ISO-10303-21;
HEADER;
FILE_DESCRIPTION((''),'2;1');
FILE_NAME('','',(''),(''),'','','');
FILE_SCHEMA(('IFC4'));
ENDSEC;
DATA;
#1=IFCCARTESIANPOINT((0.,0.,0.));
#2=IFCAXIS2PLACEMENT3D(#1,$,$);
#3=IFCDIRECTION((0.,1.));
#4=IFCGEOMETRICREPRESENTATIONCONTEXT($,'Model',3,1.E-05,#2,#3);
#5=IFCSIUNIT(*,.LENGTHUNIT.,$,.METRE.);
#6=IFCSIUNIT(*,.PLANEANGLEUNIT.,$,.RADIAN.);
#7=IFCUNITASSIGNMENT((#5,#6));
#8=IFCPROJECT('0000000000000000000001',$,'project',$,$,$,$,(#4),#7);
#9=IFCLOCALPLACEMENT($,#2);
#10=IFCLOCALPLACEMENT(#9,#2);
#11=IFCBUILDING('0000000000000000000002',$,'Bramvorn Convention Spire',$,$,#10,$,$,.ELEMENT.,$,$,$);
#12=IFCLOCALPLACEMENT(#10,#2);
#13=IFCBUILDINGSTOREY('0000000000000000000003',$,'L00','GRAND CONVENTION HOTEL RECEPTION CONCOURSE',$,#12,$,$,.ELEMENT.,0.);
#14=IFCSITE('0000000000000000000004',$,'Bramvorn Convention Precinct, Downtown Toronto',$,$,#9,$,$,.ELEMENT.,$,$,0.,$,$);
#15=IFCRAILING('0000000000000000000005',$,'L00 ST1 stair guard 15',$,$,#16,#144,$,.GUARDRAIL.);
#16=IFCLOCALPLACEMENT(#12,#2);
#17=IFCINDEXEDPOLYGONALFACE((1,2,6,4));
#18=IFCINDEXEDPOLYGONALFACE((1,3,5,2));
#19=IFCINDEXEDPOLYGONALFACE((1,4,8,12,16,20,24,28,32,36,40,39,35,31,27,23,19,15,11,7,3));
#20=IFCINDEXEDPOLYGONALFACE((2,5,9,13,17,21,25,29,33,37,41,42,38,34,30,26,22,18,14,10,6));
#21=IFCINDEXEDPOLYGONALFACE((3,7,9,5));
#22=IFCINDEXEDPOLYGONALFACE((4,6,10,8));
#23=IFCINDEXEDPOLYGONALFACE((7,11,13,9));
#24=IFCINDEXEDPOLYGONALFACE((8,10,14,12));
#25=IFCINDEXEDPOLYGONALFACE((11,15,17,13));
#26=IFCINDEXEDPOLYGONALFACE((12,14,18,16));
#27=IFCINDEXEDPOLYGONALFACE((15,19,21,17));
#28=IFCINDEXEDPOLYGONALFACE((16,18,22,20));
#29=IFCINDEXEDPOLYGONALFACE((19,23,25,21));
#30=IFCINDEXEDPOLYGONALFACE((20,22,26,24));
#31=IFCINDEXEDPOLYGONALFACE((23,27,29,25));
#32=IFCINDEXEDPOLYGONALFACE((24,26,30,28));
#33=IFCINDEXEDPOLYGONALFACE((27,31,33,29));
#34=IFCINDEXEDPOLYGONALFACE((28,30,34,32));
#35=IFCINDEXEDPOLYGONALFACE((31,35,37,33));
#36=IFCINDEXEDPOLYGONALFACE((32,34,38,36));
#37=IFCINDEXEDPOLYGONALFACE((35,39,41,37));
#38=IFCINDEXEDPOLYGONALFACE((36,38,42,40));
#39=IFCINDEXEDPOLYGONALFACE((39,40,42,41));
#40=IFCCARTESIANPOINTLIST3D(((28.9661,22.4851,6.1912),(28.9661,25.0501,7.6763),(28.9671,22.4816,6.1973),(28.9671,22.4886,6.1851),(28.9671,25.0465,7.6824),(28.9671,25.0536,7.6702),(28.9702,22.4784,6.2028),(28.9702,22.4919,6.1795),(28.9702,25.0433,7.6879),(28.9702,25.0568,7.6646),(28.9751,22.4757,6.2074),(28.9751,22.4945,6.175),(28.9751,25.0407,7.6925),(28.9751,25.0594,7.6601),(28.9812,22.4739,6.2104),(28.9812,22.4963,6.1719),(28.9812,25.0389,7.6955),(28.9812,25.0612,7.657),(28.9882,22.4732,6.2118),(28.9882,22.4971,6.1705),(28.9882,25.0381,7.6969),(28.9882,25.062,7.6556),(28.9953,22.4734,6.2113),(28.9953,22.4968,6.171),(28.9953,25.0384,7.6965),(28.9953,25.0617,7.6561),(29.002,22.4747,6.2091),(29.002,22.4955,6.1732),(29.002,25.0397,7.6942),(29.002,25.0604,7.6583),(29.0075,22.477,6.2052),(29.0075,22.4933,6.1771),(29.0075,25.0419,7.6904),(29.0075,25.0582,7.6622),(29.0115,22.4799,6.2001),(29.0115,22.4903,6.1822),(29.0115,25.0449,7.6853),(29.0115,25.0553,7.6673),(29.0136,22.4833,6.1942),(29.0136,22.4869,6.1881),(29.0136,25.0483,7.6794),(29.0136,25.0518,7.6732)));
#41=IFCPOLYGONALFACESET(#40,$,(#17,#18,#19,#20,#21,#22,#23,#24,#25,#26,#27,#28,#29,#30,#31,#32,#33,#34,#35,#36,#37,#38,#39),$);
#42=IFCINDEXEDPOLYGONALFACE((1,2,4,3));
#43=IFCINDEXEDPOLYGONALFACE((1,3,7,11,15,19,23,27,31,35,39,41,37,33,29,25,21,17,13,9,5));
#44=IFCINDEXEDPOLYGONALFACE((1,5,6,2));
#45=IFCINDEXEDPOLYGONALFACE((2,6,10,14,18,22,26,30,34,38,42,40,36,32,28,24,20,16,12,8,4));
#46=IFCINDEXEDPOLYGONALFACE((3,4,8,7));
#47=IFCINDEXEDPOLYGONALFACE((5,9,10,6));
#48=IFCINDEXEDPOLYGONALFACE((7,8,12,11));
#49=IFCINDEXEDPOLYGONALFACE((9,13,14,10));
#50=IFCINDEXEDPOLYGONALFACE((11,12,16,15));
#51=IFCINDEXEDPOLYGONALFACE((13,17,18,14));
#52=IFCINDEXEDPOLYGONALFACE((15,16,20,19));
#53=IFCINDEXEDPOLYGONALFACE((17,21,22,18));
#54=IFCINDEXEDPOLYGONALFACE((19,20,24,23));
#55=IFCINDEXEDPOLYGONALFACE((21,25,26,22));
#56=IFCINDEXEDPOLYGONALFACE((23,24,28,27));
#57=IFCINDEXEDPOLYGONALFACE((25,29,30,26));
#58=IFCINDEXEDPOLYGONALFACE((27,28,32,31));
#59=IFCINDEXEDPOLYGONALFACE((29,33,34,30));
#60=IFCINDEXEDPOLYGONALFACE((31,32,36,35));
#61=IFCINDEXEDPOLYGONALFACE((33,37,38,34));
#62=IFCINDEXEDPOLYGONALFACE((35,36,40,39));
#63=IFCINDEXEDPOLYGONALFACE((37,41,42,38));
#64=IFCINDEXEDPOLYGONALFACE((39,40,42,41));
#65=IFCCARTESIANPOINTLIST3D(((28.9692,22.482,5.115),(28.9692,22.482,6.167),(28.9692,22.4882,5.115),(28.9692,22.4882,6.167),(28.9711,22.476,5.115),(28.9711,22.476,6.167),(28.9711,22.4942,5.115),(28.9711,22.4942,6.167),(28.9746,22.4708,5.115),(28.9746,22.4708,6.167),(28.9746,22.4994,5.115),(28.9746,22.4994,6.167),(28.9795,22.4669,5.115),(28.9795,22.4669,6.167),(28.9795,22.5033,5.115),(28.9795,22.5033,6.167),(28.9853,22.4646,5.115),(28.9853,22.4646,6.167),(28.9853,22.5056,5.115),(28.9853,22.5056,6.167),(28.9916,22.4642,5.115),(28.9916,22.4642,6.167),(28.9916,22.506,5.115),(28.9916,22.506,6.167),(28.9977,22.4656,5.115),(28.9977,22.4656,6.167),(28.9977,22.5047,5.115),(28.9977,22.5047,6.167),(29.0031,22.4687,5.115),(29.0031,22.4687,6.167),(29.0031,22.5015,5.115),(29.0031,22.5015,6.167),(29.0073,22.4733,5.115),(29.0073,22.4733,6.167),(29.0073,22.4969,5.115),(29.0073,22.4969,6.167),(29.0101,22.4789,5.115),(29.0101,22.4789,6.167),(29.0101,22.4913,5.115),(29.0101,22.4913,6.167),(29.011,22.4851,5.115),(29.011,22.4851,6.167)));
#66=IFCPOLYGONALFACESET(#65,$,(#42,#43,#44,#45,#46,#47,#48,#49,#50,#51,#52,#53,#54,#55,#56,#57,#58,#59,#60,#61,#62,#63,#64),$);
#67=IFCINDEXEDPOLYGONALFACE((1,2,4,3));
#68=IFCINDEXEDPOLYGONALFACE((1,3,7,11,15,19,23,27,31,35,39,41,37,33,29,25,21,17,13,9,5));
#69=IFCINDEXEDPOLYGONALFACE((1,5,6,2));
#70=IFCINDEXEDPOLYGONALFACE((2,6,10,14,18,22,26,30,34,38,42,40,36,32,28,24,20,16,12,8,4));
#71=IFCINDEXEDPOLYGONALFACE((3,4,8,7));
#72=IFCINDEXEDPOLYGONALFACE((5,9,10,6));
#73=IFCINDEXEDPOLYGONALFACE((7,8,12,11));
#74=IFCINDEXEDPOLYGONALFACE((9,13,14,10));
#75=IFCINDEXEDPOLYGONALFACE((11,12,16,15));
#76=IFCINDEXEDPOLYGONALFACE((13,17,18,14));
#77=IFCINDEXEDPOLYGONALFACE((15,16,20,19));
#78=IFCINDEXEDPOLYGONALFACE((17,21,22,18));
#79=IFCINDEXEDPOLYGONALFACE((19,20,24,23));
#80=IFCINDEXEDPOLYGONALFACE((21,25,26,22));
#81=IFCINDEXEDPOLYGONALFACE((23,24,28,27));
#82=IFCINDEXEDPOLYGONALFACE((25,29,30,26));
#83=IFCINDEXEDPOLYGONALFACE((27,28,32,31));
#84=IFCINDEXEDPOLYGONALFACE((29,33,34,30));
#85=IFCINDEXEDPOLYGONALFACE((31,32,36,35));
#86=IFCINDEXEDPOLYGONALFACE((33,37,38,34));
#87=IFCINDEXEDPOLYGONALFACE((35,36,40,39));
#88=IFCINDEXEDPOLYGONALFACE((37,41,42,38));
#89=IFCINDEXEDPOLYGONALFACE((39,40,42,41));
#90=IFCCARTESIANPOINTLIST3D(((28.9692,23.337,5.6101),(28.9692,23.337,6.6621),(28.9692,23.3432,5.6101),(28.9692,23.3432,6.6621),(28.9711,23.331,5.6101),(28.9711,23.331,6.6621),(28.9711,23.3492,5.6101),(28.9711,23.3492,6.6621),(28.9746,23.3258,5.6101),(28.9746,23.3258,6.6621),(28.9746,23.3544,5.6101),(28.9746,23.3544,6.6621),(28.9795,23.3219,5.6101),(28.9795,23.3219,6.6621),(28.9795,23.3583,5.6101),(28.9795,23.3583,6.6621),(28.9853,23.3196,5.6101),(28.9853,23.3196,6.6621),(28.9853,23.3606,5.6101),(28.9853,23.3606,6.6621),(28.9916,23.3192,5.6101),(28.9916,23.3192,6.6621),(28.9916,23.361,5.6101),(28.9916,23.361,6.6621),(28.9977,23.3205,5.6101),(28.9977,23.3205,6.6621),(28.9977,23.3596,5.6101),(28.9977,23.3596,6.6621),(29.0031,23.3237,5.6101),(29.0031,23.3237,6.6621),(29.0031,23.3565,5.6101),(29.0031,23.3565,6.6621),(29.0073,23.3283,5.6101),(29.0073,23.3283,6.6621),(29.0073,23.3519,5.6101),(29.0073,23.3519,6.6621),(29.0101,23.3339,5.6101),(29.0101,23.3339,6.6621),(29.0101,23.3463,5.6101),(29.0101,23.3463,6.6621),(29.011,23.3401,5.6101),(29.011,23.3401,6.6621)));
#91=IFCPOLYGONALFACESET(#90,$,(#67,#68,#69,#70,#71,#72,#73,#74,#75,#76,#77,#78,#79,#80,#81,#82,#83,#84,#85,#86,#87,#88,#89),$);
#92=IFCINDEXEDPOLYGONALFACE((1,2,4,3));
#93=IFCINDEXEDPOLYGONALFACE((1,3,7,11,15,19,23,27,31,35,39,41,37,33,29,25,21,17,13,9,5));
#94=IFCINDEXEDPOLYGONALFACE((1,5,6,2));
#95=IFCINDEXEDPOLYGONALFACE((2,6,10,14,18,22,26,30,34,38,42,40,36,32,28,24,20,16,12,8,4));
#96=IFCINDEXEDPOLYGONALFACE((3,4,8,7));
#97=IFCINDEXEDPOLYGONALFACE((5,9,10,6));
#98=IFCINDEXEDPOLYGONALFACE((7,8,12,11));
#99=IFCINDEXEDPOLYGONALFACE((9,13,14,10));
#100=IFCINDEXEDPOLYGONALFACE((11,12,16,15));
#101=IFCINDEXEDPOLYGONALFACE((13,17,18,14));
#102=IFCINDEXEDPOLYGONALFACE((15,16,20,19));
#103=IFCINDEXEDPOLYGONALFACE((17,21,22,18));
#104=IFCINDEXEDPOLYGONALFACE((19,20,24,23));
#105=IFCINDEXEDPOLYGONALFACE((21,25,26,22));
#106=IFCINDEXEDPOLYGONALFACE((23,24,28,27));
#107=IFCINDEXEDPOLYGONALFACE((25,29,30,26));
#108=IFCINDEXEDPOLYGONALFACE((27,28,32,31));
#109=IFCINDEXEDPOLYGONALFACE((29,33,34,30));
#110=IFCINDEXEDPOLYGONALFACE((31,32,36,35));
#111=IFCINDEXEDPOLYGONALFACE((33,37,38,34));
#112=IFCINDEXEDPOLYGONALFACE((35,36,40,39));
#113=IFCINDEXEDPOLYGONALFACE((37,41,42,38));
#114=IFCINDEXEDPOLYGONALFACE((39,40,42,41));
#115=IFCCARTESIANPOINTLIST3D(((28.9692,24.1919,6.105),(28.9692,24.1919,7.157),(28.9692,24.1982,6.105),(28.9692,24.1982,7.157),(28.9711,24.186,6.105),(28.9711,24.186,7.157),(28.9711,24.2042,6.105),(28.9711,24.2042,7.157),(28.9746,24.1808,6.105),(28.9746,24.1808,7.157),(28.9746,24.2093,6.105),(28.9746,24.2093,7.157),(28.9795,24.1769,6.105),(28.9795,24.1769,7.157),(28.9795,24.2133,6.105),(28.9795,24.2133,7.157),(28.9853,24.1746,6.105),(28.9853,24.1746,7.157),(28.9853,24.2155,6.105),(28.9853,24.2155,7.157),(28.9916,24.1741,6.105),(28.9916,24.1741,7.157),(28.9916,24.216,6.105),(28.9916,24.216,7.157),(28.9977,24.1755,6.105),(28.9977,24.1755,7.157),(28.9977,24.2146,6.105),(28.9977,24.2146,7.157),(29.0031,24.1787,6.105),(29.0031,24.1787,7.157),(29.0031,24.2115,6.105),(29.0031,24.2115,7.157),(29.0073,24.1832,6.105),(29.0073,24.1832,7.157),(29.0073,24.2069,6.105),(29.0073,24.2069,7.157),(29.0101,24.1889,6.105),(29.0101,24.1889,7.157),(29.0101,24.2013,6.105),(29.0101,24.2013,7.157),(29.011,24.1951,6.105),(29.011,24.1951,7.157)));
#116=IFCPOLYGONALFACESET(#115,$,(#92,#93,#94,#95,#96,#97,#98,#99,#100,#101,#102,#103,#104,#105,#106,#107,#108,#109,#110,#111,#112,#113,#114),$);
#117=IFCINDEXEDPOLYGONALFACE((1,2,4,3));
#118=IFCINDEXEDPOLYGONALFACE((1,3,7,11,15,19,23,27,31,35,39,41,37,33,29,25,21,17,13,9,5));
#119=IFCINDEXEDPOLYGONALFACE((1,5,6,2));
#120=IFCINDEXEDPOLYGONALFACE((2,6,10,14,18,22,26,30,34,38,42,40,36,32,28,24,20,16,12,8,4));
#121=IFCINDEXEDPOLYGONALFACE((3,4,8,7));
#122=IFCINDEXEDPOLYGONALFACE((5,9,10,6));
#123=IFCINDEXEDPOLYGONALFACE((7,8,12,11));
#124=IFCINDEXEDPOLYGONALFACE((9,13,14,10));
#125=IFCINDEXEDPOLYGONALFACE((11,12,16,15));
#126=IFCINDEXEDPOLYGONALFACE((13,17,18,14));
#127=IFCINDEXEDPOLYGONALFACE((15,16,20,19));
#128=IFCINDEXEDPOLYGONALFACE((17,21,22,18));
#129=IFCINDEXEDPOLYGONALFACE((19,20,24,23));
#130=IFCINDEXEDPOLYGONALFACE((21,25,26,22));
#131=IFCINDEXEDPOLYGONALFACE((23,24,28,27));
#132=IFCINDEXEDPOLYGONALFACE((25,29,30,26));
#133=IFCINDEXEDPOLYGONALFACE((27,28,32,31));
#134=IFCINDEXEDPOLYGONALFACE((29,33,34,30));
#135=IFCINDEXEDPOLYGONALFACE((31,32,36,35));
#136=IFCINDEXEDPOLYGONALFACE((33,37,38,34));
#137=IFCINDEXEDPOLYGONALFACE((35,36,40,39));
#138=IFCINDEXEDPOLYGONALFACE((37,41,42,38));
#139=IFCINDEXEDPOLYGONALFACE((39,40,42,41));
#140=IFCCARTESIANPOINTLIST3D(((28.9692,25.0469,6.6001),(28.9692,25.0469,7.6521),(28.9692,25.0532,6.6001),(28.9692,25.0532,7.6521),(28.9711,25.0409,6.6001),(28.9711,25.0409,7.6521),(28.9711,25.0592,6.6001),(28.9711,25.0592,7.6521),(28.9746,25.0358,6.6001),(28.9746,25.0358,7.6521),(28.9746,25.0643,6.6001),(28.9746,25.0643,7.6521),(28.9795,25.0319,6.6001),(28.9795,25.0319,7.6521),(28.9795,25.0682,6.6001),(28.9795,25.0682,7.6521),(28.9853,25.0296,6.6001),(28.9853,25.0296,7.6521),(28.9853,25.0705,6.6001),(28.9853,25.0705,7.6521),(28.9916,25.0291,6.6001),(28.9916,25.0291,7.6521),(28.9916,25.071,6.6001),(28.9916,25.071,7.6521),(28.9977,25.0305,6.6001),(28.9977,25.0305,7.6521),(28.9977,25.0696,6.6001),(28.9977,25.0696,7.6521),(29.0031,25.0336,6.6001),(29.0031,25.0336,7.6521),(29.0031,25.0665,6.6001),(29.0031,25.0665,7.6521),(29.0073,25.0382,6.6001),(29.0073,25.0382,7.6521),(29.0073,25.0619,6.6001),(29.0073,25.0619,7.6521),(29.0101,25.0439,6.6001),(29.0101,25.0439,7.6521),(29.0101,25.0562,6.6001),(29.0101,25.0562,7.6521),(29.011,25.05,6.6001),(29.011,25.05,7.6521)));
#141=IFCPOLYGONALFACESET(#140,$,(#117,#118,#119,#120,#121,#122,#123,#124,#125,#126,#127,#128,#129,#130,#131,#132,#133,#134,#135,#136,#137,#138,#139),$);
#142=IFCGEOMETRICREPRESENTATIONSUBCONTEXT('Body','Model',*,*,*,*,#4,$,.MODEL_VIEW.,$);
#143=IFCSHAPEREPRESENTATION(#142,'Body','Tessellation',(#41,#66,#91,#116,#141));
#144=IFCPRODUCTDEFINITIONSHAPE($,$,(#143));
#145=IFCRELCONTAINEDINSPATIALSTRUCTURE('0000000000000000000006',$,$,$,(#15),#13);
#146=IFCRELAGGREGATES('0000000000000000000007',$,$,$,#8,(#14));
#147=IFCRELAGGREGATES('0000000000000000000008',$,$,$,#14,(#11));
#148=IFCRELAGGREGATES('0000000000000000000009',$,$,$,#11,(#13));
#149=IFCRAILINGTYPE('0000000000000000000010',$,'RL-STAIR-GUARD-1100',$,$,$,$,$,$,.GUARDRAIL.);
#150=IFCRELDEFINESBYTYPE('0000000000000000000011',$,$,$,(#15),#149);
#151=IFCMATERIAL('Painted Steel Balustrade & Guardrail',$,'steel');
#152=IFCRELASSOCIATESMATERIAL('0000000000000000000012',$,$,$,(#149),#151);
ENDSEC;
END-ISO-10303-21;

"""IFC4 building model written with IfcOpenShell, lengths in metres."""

from ifc_helpers import new_model, si_unit, direction, frame, origin, origin_2d, place, context, subcontext, project, spatial, circle, extrude, material, type_object, element, save


model = new_model("IFC4")

# Units and contexts
model_context = context("Model", 3, precision=1e-05, world=origin(), true_north=direction((0.0, 1.0)))
body_context = subcontext(model_context, "Body", "Model", "MODEL_VIEW")
ifc_project = project(units=[si_unit("LENGTHUNIT", "METRE"), si_unit("PLANEANGLEUNIT", "RADIAN")], contexts=[model_context])

# Site, building, storey
site_placement = place(None, origin())
site = spatial("IfcSite", under=ifc_project, at=site_placement, Name="Bramvorn Convention Precinct, Downtown Toronto", CompositionType="ELEMENT", RefElevation=0.0)
building_placement = place(site_placement, origin())
building = spatial("IfcBuilding", under=site, at=building_placement, Name="Bramvorn Convention Spire", CompositionType="ELEMENT")
storey_placement = place(building_placement, origin())
storey = spatial("IfcBuildingStorey", under=building, at=storey_placement, Name="L00", Description="GRAND CONVENTION HOTEL RECEPTION CONCOURSE", CompositionType="ELEMENT", Elevation=0.0)

# Railing
ifc_material_1 = material(Name="Painted Steel Balustrade & Guardrail", Category="steel")
railing_type_1 = type_object("IfcRailingType", Name="RL-STAIR-GUARD-1100", PredefinedType="GUARDRAIL", material=ifc_material_1)
railing_1_placement = place(storey_placement, frame((28.99, 22.4851, 5.115)))
element("IfcRailing", 1, at=railing_1_placement, inside=storey, type_object=railing_type_1, Name="L00 ST1 stair guard 15", PredefinedType="GUARDRAIL", context=body_context, shape_type="SweptSolid", body=[
    extrude(circle(Radius=0.0239, at=origin_2d()), frame((0.0, 0.0, 1.0762), z_axis=(0.0, 0.865406, 0.501072), x_axis=(-1.0, 0.0, 0.0)), (0.0, 0.0, 1.0), 2.9639),
    extrude(circle(Radius=0.021, at=origin_2d()), origin(), (0.0, 0.0, 1.0), 1.052),
    extrude(circle(Radius=0.021, at=origin_2d()), frame((0.0, 0.855, 0.4951)), (0.0, 0.0, 1.0), 1.052),
    extrude(circle(Radius=0.021, at=origin_2d()), frame((0.0, 1.71, 0.99)), (0.0, 0.0, 1.0), 1.052),
    extrude(circle(Radius=0.021, at=origin_2d()), frame((0.0, 2.5649, 1.4851)), (0.0, 0.0, 1.0), 1.052),
])

save(model, "model.ifc")
